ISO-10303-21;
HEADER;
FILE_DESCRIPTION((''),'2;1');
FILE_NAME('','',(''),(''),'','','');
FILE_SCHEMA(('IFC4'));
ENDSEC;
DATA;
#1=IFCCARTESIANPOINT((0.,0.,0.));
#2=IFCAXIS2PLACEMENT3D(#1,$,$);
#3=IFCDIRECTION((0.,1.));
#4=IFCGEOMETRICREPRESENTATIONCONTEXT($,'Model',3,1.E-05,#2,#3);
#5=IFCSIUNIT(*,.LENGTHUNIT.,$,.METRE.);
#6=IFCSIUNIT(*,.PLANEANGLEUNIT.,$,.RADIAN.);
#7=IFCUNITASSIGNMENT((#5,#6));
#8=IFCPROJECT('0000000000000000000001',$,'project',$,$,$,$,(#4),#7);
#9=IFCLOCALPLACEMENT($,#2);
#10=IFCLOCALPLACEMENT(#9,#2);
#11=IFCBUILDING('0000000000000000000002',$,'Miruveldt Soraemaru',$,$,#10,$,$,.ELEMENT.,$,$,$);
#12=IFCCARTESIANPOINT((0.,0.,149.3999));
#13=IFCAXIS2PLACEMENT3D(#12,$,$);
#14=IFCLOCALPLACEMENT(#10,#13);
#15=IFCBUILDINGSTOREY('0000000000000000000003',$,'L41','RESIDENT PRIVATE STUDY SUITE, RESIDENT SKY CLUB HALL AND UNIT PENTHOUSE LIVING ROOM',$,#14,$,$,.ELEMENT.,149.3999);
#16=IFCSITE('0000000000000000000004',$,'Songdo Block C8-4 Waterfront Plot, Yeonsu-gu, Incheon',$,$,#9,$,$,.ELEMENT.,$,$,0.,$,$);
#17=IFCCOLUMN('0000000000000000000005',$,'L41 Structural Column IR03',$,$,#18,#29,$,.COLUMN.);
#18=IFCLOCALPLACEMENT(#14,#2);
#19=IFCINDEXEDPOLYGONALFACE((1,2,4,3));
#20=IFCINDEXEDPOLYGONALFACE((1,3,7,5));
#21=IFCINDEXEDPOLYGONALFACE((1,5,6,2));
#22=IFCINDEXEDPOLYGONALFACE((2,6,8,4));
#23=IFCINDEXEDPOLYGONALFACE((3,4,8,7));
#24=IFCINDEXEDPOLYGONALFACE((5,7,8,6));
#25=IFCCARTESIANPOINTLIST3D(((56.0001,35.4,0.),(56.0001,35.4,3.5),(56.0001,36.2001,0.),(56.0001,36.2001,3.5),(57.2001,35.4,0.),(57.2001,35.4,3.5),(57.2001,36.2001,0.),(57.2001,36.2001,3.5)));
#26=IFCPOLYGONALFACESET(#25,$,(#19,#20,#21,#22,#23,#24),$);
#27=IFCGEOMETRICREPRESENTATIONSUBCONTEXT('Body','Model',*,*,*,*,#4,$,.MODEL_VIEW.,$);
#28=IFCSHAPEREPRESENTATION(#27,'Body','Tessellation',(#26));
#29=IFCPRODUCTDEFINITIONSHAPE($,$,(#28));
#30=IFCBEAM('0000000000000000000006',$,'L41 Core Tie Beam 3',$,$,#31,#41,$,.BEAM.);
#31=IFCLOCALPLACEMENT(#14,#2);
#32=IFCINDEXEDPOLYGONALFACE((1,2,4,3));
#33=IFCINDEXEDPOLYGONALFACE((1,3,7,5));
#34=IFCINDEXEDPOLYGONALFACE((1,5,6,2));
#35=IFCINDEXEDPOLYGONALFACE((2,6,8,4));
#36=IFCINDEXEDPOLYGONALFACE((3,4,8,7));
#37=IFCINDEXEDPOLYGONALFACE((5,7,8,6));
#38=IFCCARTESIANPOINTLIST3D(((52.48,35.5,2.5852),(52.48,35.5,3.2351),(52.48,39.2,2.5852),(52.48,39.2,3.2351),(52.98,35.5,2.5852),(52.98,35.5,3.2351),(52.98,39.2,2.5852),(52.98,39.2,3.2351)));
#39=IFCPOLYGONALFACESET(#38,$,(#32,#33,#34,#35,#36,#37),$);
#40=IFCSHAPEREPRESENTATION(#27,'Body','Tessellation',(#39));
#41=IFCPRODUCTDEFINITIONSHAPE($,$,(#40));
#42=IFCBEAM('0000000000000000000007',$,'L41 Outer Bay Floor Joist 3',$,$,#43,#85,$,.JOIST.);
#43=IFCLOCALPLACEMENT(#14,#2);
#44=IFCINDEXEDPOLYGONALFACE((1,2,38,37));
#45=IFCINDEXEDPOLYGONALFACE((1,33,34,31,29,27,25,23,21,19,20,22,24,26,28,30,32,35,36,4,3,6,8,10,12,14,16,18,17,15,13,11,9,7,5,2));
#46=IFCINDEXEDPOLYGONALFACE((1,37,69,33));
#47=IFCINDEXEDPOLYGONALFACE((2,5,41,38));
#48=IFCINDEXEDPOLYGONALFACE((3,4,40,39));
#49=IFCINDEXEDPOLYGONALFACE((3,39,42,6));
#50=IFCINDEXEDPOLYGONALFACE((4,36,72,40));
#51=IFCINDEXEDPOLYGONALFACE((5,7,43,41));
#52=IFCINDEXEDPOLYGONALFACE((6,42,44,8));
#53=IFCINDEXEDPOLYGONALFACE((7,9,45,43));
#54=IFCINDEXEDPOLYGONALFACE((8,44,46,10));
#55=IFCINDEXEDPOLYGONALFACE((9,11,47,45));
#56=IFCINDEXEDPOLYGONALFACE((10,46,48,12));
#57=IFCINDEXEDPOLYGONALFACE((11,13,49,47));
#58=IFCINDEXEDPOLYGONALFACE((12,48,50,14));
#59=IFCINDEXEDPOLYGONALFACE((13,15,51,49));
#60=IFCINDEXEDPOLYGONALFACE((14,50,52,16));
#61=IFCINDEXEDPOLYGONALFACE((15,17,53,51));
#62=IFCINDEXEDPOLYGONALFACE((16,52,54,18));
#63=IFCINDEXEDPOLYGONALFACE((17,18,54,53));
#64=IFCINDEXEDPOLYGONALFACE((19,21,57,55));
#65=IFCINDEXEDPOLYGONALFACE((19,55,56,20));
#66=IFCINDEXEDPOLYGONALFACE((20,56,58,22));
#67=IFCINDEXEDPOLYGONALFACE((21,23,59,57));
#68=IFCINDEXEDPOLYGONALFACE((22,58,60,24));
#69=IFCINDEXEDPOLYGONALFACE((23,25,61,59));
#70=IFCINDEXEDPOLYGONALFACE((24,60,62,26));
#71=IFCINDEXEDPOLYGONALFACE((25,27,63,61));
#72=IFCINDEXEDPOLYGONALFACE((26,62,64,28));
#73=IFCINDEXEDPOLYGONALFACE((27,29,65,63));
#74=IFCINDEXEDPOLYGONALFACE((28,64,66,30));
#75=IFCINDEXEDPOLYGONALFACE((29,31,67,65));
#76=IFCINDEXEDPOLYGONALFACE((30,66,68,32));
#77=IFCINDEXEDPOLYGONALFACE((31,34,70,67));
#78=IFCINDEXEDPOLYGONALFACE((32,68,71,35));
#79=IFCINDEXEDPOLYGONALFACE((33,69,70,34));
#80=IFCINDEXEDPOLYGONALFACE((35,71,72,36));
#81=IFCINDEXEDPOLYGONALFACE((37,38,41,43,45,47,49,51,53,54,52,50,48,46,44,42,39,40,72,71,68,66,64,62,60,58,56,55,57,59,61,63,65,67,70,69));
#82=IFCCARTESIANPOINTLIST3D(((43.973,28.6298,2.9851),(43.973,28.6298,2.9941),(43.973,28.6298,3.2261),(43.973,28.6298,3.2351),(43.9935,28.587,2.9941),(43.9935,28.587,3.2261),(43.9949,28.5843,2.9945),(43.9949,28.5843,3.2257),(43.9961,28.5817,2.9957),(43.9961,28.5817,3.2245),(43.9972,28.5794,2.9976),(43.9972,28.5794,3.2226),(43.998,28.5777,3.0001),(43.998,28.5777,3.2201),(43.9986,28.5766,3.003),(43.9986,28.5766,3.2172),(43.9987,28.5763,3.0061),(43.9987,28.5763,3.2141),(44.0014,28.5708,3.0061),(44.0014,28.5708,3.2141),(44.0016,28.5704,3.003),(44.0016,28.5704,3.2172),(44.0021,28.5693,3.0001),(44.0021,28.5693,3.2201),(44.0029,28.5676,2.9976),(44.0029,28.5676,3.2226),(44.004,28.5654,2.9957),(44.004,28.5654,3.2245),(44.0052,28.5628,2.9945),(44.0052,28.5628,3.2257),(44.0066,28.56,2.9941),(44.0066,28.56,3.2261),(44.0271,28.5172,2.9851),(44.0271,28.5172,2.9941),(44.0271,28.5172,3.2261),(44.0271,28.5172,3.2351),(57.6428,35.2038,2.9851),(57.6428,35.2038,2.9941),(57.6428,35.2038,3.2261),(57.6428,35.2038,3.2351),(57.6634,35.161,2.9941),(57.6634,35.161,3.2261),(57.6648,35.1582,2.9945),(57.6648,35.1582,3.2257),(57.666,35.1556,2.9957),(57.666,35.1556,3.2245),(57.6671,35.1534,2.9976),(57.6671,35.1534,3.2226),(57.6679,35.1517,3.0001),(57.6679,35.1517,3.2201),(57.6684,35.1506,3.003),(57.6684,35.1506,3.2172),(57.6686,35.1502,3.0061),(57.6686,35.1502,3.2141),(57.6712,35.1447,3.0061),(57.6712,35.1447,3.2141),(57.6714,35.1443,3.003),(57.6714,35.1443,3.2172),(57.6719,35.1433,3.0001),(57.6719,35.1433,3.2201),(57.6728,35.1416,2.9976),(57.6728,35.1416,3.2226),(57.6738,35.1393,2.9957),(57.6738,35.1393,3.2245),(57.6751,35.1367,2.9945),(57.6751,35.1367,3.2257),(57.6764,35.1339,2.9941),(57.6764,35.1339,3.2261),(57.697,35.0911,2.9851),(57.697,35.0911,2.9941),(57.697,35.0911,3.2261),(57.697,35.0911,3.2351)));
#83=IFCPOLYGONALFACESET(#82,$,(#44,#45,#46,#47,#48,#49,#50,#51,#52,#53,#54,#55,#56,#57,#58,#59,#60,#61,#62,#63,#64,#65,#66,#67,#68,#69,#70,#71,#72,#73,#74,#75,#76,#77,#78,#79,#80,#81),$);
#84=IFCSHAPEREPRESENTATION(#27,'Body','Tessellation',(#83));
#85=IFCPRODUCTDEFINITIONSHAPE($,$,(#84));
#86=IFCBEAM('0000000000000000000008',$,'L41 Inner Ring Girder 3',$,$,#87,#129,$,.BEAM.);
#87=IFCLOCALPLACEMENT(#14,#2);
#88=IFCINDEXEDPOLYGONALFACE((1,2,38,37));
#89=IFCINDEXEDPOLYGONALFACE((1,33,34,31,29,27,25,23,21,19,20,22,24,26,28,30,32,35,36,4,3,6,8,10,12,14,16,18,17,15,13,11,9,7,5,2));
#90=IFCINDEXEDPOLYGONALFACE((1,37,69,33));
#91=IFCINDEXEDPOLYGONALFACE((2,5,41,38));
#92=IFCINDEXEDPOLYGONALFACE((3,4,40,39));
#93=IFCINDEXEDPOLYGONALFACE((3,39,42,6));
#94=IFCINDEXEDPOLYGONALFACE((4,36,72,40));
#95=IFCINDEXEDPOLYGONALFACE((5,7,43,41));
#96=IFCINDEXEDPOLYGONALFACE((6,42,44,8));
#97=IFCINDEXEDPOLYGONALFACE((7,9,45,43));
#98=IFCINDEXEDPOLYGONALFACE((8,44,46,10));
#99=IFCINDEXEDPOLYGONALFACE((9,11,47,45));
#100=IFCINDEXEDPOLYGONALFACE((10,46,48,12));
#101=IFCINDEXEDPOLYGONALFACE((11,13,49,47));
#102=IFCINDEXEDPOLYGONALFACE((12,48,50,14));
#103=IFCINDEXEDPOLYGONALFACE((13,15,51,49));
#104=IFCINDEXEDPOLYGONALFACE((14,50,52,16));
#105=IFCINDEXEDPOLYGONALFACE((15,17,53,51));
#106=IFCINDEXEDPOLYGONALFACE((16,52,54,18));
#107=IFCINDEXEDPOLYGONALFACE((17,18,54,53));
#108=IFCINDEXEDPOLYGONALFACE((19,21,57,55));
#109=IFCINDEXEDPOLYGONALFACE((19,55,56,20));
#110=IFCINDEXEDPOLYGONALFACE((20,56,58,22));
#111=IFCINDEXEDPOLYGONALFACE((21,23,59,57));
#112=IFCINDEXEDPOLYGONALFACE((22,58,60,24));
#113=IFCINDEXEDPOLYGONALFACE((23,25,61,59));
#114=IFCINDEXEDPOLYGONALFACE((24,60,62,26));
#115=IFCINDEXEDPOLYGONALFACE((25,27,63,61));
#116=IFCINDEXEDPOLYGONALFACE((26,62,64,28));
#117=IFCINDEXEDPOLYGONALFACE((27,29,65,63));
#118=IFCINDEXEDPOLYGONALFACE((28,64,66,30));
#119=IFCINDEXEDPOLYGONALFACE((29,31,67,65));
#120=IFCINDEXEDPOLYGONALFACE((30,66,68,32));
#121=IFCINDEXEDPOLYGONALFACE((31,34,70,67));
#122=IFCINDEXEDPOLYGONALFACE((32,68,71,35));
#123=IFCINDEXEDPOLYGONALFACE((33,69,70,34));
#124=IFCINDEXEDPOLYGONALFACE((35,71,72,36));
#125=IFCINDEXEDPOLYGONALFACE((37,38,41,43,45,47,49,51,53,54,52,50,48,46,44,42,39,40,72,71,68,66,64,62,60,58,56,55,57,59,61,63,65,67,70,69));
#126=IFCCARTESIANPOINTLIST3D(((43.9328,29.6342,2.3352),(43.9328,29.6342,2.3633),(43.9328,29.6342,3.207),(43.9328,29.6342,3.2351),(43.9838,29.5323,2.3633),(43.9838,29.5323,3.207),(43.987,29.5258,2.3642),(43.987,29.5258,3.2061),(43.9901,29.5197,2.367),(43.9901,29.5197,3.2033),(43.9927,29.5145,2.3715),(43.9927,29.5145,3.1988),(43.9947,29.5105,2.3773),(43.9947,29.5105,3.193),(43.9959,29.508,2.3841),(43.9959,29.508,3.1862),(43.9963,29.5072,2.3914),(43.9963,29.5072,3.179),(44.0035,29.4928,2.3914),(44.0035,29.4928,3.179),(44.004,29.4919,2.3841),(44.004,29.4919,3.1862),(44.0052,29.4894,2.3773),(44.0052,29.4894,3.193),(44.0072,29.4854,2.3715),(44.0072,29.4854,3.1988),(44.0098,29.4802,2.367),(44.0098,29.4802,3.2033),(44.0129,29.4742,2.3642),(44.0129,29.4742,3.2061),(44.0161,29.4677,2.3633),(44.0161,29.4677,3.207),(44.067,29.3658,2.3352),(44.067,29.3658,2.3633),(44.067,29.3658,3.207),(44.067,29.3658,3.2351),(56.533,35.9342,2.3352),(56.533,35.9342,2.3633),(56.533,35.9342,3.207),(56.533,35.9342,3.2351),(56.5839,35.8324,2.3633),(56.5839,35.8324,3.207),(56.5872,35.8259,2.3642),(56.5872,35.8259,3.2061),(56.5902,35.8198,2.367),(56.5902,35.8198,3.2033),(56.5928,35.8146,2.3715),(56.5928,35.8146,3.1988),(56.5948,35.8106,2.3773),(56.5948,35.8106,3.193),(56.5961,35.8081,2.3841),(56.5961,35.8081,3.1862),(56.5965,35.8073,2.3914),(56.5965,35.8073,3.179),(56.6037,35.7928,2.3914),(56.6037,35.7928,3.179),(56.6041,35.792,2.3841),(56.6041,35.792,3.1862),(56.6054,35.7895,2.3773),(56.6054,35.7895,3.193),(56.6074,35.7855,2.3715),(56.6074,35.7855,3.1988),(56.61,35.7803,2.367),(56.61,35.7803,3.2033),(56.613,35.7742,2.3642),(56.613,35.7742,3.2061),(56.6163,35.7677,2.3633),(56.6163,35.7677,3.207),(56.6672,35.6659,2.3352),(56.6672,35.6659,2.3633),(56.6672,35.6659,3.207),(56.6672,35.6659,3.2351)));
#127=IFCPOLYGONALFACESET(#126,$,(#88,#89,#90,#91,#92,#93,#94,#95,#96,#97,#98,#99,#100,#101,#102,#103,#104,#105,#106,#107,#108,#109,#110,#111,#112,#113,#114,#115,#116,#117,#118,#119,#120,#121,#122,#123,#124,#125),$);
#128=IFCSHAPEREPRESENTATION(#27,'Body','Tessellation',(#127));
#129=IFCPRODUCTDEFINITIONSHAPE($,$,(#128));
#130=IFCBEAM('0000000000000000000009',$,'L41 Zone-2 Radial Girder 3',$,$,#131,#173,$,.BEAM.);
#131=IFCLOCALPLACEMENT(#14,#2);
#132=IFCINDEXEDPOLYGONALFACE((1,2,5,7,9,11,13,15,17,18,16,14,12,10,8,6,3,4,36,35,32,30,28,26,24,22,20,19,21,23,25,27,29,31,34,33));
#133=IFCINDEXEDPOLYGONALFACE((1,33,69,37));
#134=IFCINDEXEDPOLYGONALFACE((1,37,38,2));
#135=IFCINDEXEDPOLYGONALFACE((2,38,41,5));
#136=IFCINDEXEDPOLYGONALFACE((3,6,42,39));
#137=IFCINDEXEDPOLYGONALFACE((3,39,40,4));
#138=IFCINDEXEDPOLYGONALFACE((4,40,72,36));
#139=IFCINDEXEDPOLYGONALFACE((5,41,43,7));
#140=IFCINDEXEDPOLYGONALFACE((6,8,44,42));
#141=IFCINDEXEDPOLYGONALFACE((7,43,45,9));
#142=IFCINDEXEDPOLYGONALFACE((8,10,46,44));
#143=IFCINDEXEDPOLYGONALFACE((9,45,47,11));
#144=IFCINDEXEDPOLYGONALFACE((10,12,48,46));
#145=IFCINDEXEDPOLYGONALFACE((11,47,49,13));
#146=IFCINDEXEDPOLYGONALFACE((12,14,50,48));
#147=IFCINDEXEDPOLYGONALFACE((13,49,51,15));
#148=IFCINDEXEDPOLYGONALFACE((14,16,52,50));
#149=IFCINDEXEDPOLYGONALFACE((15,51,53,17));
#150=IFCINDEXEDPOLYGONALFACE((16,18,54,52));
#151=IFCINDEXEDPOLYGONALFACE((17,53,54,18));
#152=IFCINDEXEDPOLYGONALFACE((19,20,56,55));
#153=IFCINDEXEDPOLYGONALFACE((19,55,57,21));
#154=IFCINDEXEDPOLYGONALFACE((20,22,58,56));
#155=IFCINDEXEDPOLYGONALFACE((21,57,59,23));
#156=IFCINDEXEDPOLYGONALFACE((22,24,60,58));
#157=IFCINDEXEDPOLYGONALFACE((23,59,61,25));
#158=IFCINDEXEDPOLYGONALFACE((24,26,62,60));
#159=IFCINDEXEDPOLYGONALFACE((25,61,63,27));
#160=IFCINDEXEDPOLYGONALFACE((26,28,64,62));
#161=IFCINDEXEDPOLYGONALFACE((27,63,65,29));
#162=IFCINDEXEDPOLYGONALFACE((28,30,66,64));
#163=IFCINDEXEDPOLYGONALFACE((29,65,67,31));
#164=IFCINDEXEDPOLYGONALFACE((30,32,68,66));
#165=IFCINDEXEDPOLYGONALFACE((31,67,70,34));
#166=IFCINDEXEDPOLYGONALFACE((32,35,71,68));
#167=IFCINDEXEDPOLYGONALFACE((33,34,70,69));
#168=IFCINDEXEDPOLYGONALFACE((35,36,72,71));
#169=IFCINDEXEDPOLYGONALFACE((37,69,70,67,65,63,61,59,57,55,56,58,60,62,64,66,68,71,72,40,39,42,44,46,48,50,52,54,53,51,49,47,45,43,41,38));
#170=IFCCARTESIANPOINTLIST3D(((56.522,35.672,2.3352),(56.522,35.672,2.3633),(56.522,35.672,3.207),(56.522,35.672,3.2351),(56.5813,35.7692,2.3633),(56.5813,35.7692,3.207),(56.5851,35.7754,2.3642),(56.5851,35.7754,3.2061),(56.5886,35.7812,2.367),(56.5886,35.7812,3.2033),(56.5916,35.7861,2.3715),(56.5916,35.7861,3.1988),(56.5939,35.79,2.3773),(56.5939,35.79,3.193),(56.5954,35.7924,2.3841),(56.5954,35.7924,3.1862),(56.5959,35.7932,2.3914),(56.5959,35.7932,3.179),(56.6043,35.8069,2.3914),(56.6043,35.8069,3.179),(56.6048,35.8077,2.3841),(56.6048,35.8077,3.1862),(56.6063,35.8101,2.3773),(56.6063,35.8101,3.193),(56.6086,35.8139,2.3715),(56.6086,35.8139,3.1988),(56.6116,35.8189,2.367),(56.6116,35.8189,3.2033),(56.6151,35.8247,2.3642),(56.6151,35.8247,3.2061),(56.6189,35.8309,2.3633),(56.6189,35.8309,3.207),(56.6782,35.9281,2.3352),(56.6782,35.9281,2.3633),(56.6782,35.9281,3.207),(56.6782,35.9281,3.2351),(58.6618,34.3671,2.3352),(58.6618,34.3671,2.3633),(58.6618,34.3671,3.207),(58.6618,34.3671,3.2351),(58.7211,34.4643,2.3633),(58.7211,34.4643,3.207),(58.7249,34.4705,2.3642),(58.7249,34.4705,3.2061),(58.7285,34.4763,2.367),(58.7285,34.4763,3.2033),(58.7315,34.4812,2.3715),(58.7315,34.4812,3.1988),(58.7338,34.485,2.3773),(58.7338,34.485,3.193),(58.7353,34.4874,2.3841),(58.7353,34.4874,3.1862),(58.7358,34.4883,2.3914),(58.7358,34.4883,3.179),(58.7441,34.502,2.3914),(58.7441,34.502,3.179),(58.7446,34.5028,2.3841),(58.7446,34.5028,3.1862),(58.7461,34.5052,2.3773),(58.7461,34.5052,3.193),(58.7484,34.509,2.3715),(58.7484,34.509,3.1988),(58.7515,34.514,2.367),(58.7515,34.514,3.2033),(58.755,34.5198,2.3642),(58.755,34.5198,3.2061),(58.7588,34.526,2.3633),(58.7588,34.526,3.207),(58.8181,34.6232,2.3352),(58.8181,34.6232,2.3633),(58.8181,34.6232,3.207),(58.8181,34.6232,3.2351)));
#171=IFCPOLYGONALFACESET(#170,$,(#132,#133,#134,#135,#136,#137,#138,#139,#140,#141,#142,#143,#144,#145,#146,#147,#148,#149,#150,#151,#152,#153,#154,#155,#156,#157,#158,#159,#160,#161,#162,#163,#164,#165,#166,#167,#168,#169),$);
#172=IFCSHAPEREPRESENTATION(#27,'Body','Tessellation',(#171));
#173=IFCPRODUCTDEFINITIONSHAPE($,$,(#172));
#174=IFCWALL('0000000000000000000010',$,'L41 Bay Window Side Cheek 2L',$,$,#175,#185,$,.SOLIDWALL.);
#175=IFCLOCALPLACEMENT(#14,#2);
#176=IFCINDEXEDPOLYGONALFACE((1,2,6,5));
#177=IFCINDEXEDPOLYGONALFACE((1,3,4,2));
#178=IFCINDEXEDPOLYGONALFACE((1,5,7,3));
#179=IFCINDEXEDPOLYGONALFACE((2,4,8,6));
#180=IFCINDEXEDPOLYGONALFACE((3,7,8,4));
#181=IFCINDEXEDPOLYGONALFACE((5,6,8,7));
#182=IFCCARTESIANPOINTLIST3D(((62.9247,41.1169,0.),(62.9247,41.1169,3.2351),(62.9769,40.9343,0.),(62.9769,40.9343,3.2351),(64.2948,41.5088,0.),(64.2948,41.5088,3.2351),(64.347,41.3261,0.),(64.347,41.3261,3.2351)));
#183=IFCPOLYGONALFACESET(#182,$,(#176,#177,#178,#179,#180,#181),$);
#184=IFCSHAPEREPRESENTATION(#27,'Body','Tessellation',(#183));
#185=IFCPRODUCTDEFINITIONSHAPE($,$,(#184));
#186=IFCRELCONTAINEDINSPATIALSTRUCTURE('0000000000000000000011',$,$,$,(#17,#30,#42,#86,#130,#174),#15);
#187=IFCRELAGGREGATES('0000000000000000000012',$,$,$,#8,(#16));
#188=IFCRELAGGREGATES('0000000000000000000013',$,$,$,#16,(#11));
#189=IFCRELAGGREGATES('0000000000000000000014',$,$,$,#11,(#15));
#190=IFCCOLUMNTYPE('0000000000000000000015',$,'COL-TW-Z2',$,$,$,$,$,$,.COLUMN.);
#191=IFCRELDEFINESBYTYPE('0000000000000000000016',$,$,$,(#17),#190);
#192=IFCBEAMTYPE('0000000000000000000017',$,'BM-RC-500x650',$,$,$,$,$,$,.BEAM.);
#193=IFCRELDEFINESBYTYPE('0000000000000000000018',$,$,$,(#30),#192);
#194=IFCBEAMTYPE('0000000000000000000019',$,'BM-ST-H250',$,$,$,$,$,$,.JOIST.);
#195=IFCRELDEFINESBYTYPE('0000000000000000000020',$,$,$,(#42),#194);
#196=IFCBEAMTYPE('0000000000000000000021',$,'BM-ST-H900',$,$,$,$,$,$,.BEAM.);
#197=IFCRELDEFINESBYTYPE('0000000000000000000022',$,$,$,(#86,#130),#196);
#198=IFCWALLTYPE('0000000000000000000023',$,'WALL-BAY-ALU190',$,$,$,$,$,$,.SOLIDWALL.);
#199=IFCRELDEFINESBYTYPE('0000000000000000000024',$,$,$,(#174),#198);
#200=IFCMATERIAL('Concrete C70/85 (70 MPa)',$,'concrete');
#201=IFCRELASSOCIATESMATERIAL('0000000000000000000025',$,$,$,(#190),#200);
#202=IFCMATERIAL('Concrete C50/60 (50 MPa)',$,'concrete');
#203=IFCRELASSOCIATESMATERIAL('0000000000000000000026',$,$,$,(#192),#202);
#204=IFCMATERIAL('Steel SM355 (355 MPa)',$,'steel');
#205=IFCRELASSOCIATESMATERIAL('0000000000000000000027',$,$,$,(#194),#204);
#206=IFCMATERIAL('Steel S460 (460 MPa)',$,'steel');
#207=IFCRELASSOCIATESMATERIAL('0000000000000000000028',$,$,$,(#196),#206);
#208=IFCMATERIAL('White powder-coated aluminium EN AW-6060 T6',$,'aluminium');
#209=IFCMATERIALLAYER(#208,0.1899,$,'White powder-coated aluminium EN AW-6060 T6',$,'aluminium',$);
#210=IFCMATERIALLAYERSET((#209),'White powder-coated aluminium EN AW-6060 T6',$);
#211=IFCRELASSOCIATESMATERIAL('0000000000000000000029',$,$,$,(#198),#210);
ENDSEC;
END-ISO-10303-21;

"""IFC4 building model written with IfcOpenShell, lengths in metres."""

from ifc_helpers import new_model, si_unit, direction, frame, frame_2d, origin, origin_2d, place, context, subcontext, project, spatial, rectangle, i_section, extrude, material, layer, layer_set, material_profile, profile_set, type_object, element, save


model = new_model("IFC4")

# Units and contexts
model_context = context("Model", 3, precision=1e-05, world=origin(), true_north=direction((0.0, 1.0)))
body_context = subcontext(model_context, "Body", "Model", "MODEL_VIEW")
ifc_project = project(units=[si_unit("LENGTHUNIT", "METRE"), si_unit("PLANEANGLEUNIT", "RADIAN")], contexts=[model_context])

# Site, building, storey
site_placement = place(None, origin())
site = spatial("IfcSite", under=ifc_project, at=site_placement, Name="Songdo Block C8-4 Waterfront Plot, Yeonsu-gu, Incheon", CompositionType="ELEMENT", RefElevation=0.0)
building_placement = place(site_placement, origin())
building = spatial("IfcBuilding", under=site, at=building_placement, Name="Miruveldt Soraemaru", CompositionType="ELEMENT")
storey_placement = place(building_placement, frame((0.0, 0.0, 149.3999)))
storey = spatial("IfcBuildingStorey", under=building, at=storey_placement, Name="L41", Description="RESIDENT PRIVATE STUDY SUITE, RESIDENT SKY CLUB HALL AND UNIT PENTHOUSE LIVING ROOM", CompositionType="ELEMENT", Elevation=149.3999)

# Column
ifc_material_1 = material(Name="Concrete C70/85 (70 MPa)", Category="concrete")
ifc_material_profile_1 = material_profile(ifc_material_1, rectangle(XDim=1.2, YDim=0.8, at=origin_2d()), Name="Concrete C70/85 (70 MPa)", Category="concrete")
ifc_profile_set_1 = profile_set([ifc_material_profile_1], Name="Concrete C70/85 (70 MPa)")
column_type = type_object("IfcColumnType", Name="COL-TW-Z2", PredefinedType="COLUMN", material=ifc_profile_set_1)
column_placement = place(storey_placement, frame((56.6001, 35.8, 0.0), z_axis=(0.0, 0.0, 1.0), x_axis=(1.0, 0.0, 0.0)))
element("IfcColumn", 1, at=column_placement, inside=storey, type_object=column_type, Name="L41 Structural Column IR03", PredefinedType="COLUMN", context=body_context, shape_type="SweptSolid", body=[
    extrude(rectangle(XDim=1.2, YDim=0.8, at=origin_2d()), origin(), (0.0, 0.0, 1.0), 3.5),
])

# Beams
ifc_material_2 = material(Name="Concrete C50/60 (50 MPa)", Category="concrete")
ifc_material_profile_2 = material_profile(ifc_material_2, rectangle(XDim=0.5, YDim=0.6499, at=origin_2d()), Name="Concrete C50/60 (50 MPa)", Category="concrete")
ifc_profile_set_2 = profile_set([ifc_material_profile_2], Name="Concrete C50/60 (50 MPa)")
beam_type_1 = type_object("IfcBeamType", Name="BM-RC-500x650", PredefinedType="BEAM", material=ifc_profile_set_2)
beam_1_placement = place(storey_placement, frame((52.73, 35.5, 2.9102), z_axis=(0.0, 1.0, 0.0), x_axis=(-1.0, 0.0, 0.0)))
element("IfcBeam", 2, at=beam_1_placement, inside=storey, type_object=beam_type_1, Name="L41 Core Tie Beam 3", PredefinedType="BEAM", context=body_context, shape_type="SweptSolid", body=[
    extrude(rectangle(XDim=0.5, YDim=0.6499, at=origin_2d()), origin(), (0.0, 0.0, 1.0), 3.7),
])
ifc_material_3 = material(Name="Steel SM355 (355 MPa)", Category="steel")
ifc_material_profile_3 = material_profile(ifc_material_3, i_section(OverallWidth=0.125, OverallDepth=0.25, WebThickness=0.0061, FlangeThickness=0.009, FilletRadius=0.012, at=origin_2d()), Name="Steel SM355 (355 MPa)", Category="steel")
ifc_profile_set_3 = profile_set([ifc_material_profile_3], Name="Steel SM355 (355 MPa)")
beam_type_2 = type_object("IfcBeamType", Name="BM-ST-H250", PredefinedType="JOIST", material=ifc_profile_set_3)
beam_2_placement = place(storey_placement, frame((57.6699, 35.1475, 3.1101), z_axis=(-0.901204, -0.433396, 0.0), x_axis=(0.433396, -0.901204, 0.0)))
element("IfcBeam", 3, at=beam_2_placement, inside=storey, type_object=beam_type_2, Name="L41 Outer Bay Floor Joist 3", PredefinedType="JOIST", context=body_context, shape_type="SweptSolid", body=[
    extrude(i_section(OverallWidth=0.125, OverallDepth=0.25, WebThickness=0.0061, FlangeThickness=0.009, FilletRadius=0.012, at=origin_2d()), origin(), (0.0, 0.0, 1.0), 15.1685),
])
ifc_material_4 = material(Name="Steel S460 (460 MPa)", Category="steel")
ifc_material_profile_4 = material_profile(ifc_material_4, i_section(OverallWidth=0.3, OverallDepth=0.8999, WebThickness=0.0161, FlangeThickness=0.0281, FilletRadius=0.0281, at=origin_2d()), Name="Steel S460 (460 MPa)", Category="steel")
ifc_profile_set_4 = profile_set([ifc_material_profile_4], Name="Steel S460 (460 MPa)")
beam_type_3 = type_object("IfcBeamType", Name="BM-ST-H900", PredefinedType="BEAM", material=ifc_profile_set_4)
beam_3_placement = place(storey_placement, frame((56.6001, 35.8, 2.7852), z_axis=(-0.894427, -0.447214, 0.0), x_axis=(0.447214, -0.894427, 0.0)))
element("IfcBeam", 4, at=beam_3_placement, inside=storey, type_object=beam_type_3, Name="L41 Inner Ring Girder 3", PredefinedType="BEAM", context=body_context, shape_type="SweptSolid", body=[
    extrude(i_section(OverallWidth=0.3, OverallDepth=0.8999, WebThickness=0.0161, FlangeThickness=0.0281, FilletRadius=0.0281, at=origin_2d()), origin(), (0.0, 0.0, 1.0), 14.0874),
])
beam_4_placement = place(storey_placement, frame((56.6001, 35.8, 2.7852), z_axis=(0.853775, -0.520642, 0.0), x_axis=(0.520642, 0.853775, 0.0)))
element("IfcBeam", 5, at=beam_4_placement, inside=storey, type_object=beam_type_3, Name="L41 Zone-2 Radial Girder 3", PredefinedType="BEAM", context=body_context, shape_type="SweptSolid", body=[
    extrude(i_section(OverallWidth=0.3, OverallDepth=0.8999, WebThickness=0.0161, FlangeThickness=0.0281, FilletRadius=0.0281, at=origin_2d()), origin(), (0.0, 0.0, 1.0), 2.5063),
])

# Wall
ifc_material_5 = material(Name="White powder-coated aluminium EN AW-6060 T6", Category="aluminium")
ifc_layer_1 = layer(ifc_material_5, 0.1899, Name="White powder-coated aluminium EN AW-6060 T6", Category="aluminium")
ifc_layer_set_1 = layer_set([ifc_layer_1], Name="White powder-coated aluminium EN AW-6060 T6")
wall_type_1 = type_object("IfcWallType", Name="WALL-BAY-ALU190", PredefinedType="SOLIDWALL", material=ifc_layer_set_1)
wall_1_placement = place(storey_placement, frame((62.9509, 41.0256, 0.0), z_axis=(0.0, 0.0, 1.0), x_axis=(0.961453, 0.27497, 0.0)))
element("IfcWall", 6, at=wall_1_placement, inside=storey, type_object=wall_type_1, Name="L41 Bay Window Side Cheek 2L", PredefinedType="SOLIDWALL", context=body_context, shape_type="SweptSolid", body=[
    extrude(rectangle(XDim=1.425, YDim=0.1899, at=frame_2d((0.7124, 0.0))), origin(), (0.0, 0.0, 1.0), 3.2351),
])

save(model, "model.ifc")
